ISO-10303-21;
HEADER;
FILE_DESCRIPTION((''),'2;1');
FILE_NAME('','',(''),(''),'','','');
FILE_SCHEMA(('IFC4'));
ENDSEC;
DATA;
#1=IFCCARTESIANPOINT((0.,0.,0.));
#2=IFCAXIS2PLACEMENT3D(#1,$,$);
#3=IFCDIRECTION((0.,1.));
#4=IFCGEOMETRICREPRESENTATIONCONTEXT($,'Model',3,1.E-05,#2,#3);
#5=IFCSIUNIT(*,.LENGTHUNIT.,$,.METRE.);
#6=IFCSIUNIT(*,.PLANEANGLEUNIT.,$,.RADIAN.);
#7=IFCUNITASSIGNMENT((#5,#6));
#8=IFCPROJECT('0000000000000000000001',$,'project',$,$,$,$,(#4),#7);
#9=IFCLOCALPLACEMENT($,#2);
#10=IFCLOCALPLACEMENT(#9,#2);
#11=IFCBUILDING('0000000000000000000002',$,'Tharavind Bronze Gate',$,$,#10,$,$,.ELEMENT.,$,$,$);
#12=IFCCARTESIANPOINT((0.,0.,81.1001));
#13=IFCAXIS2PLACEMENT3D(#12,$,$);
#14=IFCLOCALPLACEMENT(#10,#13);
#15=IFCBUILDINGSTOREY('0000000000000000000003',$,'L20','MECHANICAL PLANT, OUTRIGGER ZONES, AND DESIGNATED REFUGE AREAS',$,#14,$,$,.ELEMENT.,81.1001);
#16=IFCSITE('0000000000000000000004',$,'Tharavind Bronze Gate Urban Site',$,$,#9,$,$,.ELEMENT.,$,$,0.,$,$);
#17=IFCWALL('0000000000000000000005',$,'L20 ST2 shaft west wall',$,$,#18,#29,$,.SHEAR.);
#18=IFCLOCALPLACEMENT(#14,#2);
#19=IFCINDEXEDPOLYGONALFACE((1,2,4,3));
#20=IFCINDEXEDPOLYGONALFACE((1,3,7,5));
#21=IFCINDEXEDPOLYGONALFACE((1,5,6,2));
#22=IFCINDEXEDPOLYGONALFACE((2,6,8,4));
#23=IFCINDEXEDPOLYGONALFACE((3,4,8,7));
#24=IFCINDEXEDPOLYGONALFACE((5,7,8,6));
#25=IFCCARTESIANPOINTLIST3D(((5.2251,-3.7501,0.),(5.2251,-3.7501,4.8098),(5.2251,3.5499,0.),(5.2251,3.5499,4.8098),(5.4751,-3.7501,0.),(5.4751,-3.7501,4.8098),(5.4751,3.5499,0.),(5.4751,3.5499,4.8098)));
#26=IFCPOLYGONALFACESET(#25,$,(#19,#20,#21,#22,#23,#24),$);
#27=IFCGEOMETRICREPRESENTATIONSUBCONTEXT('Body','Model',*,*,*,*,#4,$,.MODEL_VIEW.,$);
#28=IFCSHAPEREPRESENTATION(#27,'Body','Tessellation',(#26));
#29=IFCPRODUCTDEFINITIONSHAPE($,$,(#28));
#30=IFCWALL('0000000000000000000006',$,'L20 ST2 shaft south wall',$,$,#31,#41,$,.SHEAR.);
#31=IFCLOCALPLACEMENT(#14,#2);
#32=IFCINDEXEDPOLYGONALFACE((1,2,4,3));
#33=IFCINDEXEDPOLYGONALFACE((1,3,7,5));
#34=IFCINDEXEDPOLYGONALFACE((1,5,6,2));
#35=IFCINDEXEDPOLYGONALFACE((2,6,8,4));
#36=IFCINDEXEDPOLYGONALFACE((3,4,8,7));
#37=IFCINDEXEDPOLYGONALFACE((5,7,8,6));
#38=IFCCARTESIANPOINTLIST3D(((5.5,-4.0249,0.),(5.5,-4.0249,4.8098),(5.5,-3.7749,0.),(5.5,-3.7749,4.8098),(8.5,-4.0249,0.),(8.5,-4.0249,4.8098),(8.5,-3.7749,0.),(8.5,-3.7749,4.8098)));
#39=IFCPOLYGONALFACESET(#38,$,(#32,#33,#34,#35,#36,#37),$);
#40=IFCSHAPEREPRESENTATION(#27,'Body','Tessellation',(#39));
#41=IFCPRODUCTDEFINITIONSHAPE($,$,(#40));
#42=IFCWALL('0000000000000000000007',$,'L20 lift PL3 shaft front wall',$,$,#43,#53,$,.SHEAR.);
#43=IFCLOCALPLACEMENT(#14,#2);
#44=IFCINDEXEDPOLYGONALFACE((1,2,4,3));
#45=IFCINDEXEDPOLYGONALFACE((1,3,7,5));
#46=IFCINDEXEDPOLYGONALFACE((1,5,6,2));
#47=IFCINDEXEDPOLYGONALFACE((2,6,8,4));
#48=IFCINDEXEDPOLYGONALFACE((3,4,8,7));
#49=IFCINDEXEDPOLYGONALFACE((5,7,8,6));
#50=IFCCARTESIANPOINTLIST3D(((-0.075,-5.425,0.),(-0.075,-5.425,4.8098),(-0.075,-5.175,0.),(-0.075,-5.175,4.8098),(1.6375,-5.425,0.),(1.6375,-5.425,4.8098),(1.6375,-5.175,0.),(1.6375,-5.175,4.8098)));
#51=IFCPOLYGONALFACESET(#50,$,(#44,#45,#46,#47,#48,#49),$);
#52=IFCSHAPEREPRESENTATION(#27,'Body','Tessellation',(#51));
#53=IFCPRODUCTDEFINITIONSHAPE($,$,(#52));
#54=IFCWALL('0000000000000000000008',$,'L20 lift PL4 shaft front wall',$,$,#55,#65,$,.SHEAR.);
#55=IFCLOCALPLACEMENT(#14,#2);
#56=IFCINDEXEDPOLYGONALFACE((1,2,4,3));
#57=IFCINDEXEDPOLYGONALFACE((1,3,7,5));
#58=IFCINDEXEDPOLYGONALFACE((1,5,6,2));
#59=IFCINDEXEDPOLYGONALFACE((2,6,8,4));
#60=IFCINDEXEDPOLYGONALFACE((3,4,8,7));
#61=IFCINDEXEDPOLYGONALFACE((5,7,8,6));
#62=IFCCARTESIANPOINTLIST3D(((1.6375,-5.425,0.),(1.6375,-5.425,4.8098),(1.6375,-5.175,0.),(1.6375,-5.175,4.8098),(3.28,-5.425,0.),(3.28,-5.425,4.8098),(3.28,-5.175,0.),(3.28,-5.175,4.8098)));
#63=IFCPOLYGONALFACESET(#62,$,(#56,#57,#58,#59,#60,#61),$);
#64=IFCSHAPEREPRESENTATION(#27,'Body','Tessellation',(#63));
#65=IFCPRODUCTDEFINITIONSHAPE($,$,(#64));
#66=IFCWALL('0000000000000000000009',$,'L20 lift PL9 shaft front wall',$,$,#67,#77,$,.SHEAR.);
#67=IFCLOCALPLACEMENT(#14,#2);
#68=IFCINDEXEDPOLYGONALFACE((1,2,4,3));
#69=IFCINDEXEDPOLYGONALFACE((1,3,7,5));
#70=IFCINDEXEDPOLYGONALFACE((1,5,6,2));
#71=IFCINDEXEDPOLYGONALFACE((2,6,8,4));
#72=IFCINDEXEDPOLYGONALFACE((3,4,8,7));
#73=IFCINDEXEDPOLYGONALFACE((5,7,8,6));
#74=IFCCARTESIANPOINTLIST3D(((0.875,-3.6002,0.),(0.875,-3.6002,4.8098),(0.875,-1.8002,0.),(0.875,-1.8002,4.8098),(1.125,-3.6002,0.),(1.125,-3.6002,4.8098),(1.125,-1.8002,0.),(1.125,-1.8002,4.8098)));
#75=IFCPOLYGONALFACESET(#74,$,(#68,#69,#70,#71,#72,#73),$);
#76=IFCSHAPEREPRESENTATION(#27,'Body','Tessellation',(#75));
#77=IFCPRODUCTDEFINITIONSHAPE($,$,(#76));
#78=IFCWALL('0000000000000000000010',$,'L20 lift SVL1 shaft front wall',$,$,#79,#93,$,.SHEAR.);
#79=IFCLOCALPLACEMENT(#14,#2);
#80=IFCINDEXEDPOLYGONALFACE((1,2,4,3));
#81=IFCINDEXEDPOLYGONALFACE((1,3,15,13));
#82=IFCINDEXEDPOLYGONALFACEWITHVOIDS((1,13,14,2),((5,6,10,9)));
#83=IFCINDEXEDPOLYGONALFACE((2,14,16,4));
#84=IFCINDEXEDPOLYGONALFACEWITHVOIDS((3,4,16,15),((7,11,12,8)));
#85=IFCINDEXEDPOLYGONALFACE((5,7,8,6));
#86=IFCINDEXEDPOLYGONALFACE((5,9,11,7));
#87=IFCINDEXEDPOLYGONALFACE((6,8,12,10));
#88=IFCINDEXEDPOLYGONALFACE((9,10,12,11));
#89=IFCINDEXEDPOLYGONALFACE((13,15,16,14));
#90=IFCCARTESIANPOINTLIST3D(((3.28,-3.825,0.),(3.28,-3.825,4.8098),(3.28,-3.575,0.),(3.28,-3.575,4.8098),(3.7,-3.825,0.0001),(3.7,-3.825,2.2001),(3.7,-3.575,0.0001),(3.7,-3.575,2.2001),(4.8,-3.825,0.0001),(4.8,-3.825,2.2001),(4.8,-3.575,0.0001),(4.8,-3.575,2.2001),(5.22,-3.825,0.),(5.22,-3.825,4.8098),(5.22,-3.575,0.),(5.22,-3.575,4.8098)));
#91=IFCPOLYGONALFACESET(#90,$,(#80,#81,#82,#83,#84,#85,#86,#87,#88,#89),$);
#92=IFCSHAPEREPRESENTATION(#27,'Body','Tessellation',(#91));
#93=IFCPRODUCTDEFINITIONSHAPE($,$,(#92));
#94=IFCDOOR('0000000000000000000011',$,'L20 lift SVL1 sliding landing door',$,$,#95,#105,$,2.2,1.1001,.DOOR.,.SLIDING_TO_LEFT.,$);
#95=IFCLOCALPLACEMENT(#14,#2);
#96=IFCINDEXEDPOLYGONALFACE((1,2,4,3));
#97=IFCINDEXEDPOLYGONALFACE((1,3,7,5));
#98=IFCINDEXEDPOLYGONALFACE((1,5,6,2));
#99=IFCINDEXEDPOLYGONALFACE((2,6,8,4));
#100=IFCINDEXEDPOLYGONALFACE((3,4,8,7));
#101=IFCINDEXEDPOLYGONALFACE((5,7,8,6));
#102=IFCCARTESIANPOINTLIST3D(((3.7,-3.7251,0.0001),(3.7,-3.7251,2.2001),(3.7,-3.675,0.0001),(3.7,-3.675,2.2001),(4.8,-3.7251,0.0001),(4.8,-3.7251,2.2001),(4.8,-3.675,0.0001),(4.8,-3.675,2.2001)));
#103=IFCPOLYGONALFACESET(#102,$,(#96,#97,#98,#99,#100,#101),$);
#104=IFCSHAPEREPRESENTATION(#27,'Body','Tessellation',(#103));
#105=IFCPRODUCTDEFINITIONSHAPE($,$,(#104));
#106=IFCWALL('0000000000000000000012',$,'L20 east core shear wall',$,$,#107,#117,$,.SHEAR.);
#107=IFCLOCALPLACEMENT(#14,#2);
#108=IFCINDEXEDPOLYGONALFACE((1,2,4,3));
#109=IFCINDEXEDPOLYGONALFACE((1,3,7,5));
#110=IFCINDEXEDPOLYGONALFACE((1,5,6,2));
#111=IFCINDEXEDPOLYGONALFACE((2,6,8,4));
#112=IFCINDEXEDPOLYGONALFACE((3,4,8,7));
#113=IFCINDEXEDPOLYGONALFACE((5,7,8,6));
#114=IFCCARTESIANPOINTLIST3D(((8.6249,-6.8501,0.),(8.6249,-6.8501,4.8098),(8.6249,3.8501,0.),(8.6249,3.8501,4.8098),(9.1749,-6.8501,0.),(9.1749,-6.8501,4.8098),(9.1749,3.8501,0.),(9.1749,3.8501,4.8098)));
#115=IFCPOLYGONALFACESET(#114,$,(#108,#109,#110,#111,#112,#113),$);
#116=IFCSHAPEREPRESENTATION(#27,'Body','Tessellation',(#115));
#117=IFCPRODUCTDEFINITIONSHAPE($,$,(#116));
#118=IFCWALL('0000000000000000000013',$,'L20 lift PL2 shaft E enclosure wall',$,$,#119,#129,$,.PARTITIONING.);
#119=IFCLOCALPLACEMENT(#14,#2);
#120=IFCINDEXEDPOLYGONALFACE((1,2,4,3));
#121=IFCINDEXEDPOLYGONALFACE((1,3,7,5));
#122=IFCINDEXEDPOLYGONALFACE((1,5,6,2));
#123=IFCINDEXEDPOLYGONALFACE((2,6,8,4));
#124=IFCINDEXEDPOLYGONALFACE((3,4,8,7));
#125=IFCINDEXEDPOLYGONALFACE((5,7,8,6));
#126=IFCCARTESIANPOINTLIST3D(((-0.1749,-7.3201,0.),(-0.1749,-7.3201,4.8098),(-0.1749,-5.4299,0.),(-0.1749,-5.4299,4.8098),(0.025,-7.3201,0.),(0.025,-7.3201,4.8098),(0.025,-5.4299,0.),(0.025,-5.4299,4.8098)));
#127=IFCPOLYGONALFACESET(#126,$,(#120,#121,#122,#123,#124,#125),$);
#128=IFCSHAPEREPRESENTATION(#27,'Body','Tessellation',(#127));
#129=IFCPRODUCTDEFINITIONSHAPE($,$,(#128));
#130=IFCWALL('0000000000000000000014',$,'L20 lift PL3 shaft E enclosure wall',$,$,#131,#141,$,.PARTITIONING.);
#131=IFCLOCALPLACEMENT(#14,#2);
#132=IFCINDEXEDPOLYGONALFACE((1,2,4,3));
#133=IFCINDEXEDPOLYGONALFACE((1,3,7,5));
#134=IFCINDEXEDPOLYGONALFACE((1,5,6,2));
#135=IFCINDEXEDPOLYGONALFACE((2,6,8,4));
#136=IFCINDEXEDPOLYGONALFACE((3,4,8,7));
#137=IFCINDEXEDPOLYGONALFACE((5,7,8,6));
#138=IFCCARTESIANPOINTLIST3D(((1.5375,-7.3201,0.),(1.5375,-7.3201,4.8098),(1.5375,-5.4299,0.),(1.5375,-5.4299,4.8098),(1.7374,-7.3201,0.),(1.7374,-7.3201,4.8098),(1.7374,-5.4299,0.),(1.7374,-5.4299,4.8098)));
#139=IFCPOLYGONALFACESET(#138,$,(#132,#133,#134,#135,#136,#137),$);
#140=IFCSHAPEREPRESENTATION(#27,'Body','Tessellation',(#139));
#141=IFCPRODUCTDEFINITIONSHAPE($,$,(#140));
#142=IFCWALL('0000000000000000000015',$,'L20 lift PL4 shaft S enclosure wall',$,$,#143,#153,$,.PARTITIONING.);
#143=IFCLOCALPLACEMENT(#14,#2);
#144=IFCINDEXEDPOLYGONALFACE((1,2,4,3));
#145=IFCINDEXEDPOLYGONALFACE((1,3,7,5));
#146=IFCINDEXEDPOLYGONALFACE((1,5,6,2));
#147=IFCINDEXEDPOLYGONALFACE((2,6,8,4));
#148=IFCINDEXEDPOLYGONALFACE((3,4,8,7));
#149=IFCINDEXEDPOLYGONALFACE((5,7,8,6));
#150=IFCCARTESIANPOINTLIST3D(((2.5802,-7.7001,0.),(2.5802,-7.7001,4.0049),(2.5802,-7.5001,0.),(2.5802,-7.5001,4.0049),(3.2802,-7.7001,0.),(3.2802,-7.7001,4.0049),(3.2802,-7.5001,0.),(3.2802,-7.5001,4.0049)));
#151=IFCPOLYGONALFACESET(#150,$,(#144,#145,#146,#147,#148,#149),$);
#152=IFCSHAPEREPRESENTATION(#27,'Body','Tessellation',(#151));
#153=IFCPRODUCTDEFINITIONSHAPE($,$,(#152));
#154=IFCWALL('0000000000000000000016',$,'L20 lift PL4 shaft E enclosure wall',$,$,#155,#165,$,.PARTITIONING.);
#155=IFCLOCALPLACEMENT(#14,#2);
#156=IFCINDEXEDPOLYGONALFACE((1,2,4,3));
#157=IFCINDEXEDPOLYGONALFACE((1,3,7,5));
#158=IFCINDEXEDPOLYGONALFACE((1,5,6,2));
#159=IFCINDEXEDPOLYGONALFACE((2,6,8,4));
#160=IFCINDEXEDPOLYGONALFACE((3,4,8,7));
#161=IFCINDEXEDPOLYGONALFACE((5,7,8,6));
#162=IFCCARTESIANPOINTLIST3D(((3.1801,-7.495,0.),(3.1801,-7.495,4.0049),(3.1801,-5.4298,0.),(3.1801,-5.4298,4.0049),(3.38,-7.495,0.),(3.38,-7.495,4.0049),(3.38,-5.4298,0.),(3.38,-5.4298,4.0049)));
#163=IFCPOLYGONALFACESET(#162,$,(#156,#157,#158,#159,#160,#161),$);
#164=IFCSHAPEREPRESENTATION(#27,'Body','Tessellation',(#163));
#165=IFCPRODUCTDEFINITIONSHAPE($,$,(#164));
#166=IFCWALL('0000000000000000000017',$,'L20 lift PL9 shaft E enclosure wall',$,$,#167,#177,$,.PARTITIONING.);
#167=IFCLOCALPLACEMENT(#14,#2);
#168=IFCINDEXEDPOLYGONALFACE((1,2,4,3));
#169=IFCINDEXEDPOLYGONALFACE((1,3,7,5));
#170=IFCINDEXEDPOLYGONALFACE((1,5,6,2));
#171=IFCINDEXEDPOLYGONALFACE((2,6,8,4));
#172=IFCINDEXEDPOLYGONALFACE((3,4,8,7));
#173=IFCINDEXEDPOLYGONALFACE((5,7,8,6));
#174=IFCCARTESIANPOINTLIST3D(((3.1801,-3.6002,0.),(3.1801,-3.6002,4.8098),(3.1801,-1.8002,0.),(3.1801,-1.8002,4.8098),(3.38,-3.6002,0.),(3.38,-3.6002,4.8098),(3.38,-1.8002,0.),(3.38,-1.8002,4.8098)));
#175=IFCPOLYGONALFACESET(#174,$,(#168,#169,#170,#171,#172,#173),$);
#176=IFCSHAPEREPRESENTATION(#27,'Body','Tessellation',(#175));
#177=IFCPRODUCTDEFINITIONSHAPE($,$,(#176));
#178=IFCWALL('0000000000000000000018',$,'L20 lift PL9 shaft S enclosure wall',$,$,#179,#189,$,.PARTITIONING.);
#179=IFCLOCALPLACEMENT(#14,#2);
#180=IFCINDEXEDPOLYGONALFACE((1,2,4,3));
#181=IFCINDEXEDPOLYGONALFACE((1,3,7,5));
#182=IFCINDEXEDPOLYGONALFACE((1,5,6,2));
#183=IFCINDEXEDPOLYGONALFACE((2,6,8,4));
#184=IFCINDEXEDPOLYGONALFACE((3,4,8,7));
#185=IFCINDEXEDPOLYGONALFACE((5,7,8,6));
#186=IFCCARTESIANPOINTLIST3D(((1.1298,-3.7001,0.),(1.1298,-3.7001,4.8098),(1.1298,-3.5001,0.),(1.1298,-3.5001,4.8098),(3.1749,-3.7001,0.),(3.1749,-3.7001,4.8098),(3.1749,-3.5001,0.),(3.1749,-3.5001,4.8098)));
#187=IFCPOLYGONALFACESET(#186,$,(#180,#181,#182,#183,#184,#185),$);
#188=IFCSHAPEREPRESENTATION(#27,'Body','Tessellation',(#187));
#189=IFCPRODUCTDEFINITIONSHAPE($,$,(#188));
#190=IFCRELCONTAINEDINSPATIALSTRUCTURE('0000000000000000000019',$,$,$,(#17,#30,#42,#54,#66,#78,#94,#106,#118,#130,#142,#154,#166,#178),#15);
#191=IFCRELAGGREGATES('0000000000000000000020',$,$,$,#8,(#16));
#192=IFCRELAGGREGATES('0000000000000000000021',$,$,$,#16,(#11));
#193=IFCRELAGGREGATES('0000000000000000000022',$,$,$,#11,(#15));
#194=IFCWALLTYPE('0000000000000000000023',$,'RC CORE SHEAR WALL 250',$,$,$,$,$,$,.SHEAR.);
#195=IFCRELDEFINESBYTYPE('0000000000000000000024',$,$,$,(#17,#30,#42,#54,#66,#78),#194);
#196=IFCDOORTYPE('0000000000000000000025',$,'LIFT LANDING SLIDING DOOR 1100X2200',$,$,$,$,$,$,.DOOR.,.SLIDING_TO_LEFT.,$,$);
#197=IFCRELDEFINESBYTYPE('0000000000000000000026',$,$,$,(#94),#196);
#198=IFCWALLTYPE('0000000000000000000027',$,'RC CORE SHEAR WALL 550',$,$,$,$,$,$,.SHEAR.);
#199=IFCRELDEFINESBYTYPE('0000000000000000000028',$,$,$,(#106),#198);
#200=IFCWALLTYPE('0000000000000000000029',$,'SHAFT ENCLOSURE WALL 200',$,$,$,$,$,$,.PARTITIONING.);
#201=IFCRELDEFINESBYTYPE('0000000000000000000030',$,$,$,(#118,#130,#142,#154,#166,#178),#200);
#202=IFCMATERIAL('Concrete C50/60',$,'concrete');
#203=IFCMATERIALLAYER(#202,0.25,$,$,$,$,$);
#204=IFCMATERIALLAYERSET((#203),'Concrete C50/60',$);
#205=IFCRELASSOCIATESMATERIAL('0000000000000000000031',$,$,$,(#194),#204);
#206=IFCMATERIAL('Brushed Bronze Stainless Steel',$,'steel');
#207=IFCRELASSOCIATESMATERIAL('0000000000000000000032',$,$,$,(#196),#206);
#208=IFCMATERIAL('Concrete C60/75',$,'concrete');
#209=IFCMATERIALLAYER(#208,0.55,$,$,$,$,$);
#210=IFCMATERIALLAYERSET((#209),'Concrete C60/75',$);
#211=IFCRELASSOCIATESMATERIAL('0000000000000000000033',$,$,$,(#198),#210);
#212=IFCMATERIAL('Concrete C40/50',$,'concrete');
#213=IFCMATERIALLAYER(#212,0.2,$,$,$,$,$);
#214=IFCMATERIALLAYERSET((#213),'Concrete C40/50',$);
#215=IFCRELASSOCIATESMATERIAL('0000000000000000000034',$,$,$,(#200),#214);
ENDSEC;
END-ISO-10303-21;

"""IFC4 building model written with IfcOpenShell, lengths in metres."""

from ifc_helpers import new_model, si_unit, direction, frame, frame_2d, origin, place, context, subcontext, project, spatial, rectangle, extrude, material, layer, layer_set, type_object, element, fill, save


model = new_model("IFC4")

# Units and contexts
model_context = context("Model", 3, precision=1e-05, world=origin(), true_north=direction((0.0, 1.0)))
body_context = subcontext(model_context, "Body", "Model", "MODEL_VIEW")
ifc_project = project(units=[si_unit("LENGTHUNIT", "METRE"), si_unit("PLANEANGLEUNIT", "RADIAN")], contexts=[model_context])

# Site, building, storey
site_placement = place(None, origin())
site = spatial("IfcSite", under=ifc_project, at=site_placement, Name="Tharavind Bronze Gate Urban Site", CompositionType="ELEMENT", RefElevation=0.0)
building_placement = place(site_placement, origin())
building = spatial("IfcBuilding", under=site, at=building_placement, Name="Tharavind Bronze Gate", CompositionType="ELEMENT")
storey_placement = place(building_placement, frame((0.0, 0.0, 81.1001)))
storey = spatial("IfcBuildingStorey", under=building, at=storey_placement, Name="L20", Description="MECHANICAL PLANT, OUTRIGGER ZONES, AND DESIGNATED REFUGE AREAS", CompositionType="ELEMENT", Elevation=81.1001)

# Walls
ifc_material_1 = material(Name="Concrete C50/60", Category="concrete")
ifc_layer_1 = layer(ifc_material_1, 0.25)
ifc_layer_set_1 = layer_set([ifc_layer_1], Name="Concrete C50/60")
wall_type_1 = type_object("IfcWallType", Name="RC CORE SHEAR WALL 250", PredefinedType="SHEAR", material=ifc_layer_set_1)
wall_1_placement = place(storey_placement, frame((5.3501, -3.75, 0.0), z_axis=(0.0, 0.0, 1.0), x_axis=(0.0, 1.0, 0.0)))
element("IfcWall", 1, at=wall_1_placement, inside=storey, type_object=wall_type_1, Name="L20 ST2 shaft west wall", PredefinedType="SHEAR", context=body_context, shape_type="SweptSolid", body=[
    extrude(rectangle(XDim=7.3, YDim=0.25, at=frame_2d((3.6499, 0.0))), origin(), (0.0, 0.0, 1.0), 4.8098),
])
wall_2_placement = place(storey_placement, frame((5.5, -3.8999, 0.0), z_axis=(0.0, 0.0, 1.0), x_axis=(1.0, 0.0, 0.0)))
element("IfcWall", 2, at=wall_2_placement, inside=storey, type_object=wall_type_1, Name="L20 ST2 shaft south wall", PredefinedType="SHEAR", context=body_context, shape_type="SweptSolid", body=[
    extrude(rectangle(XDim=3.0, YDim=0.25, at=frame_2d((1.5, 0.0))), origin(), (0.0, 0.0, 1.0), 4.8098),
])
wall_3_placement = place(storey_placement, frame((-0.075, -5.3, 0.0), z_axis=(0.0, 0.0, 1.0), x_axis=(1.0, 0.0, 0.0)))
element("IfcWall", 3, at=wall_3_placement, inside=storey, type_object=wall_type_1, Name="L20 lift PL3 shaft front wall", PredefinedType="SHEAR", context=body_context, shape_type="SweptSolid", body=[
    extrude(rectangle(XDim=1.7124, YDim=0.25, at=frame_2d((0.8562, 0.0))), origin(), (0.0, 0.0, 1.0), 4.8098),
])
wall_4_placement = place(storey_placement, frame((1.6375, -5.3, 0.0), z_axis=(0.0, 0.0, 1.0), x_axis=(1.0, 0.0, 0.0)))
element("IfcWall", 4, at=wall_4_placement, inside=storey, type_object=wall_type_1, Name="L20 lift PL4 shaft front wall", PredefinedType="SHEAR", context=body_context, shape_type="SweptSolid", body=[
    extrude(rectangle(XDim=1.6426, YDim=0.25, at=frame_2d((0.8213, 0.0))), origin(), (0.0, 0.0, 1.0), 4.8098),
])
wall_5_placement = place(storey_placement, frame((1.0, -3.6001, 0.0), z_axis=(0.0, 0.0, 1.0), x_axis=(0.0, 1.0, 0.0)))
element("IfcWall", 5, at=wall_5_placement, inside=storey, type_object=wall_type_1, Name="L20 lift PL9 shaft front wall", PredefinedType="SHEAR", context=body_context, shape_type="SweptSolid", body=[
    extrude(rectangle(XDim=1.8, YDim=0.25, at=frame_2d((0.8999, 0.0))), origin(), (0.0, 0.0, 1.0), 4.8098),
])

# Wall, opening, door
wall_6_placement = place(storey_placement, frame((3.28, -3.7, 0.0), z_axis=(0.0, 0.0, 1.0), x_axis=(1.0, 0.0, 0.0)))
wall_6 = element("IfcWall", 6, at=wall_6_placement, inside=storey, type_object=wall_type_1, Name="L20 lift SVL1 shaft front wall", PredefinedType="SHEAR", context=body_context, shape_type="SweptSolid", body=[
    extrude(rectangle(XDim=1.9399, YDim=0.25, at=frame_2d((0.97, 0.0))), origin(), (0.0, 0.0, 1.0), 4.8098),
])
opening_1_placement = place(wall_6_placement, frame((0.4199, 0.0, 0.0)))
opening_1 = element("IfcOpeningElement", 7, at=opening_1_placement, cuts=wall_6, PredefinedType="OPENING", context=body_context, shape_type="SweptSolid", body=[
    extrude(rectangle(XDim=1.1001, YDim=2.2, at=frame_2d((0.55, 1.1001))), frame((0.0, 0.135, 0.0), z_axis=(0.0, -1.0, 0.0), x_axis=(1.0, 0.0, 0.0)), (0.0, 0.0, 1.0), 0.27),
])
ifc_material_2 = material(Name="Brushed Bronze Stainless Steel", Category="steel")
door_type_1 = type_object("IfcDoorType", Name="LIFT LANDING SLIDING DOOR 1100X2200", OperationType="SLIDING_TO_LEFT", PredefinedType="DOOR", material=ifc_material_2)
door_1_placement = place(opening_1_placement, origin())
door_1 = element("IfcDoor", 8, at=door_1_placement, inside=storey, type_object=door_type_1, Name="L20 lift SVL1 sliding landing door", OperationType="SLIDING_TO_LEFT", OverallHeight=2.2, OverallWidth=1.1001, PredefinedType="DOOR", context=body_context, shape_type="SweptSolid", body=[
    extrude(rectangle(XDim=1.1001, YDim=2.2, at=frame_2d((0.55, 1.1001))), frame((0.0, 0.0249, 0.0), z_axis=(0.0, -1.0, 0.0), x_axis=(1.0, 0.0, 0.0)), (0.0, 0.0, 1.0), 0.05),
])
fill(opening_1, door_1)

# Walls
ifc_material_3 = material(Name="Concrete C60/75", Category="concrete")
ifc_layer_2 = layer(ifc_material_3, 0.55)
ifc_layer_set_2 = layer_set([ifc_layer_2], Name="Concrete C60/75")
wall_type_2 = type_object("IfcWallType", Name="RC CORE SHEAR WALL 550", PredefinedType="SHEAR", material=ifc_layer_set_2)
wall_7_placement = place(storey_placement, frame((8.8999, -6.8501, 0.0), z_axis=(0.0, 0.0, 1.0), x_axis=(0.0, 1.0, 0.0)))
element("IfcWall", 9, at=wall_7_placement, inside=storey, type_object=wall_type_2, Name="L20 east core shear wall", PredefinedType="SHEAR", context=body_context, shape_type="SweptSolid", body=[
    extrude(rectangle(XDim=10.7002, YDim=0.55, at=frame_2d((5.3501, 0.0))), origin(), (0.0, 0.0, 1.0), 4.8098),
])
ifc_material_4 = material(Name="Concrete C40/50", Category="concrete")
ifc_layer_3 = layer(ifc_material_4, 0.2)
ifc_layer_set_3 = layer_set([ifc_layer_3], Name="Concrete C40/50")
wall_type_3 = type_object("IfcWallType", Name="SHAFT ENCLOSURE WALL 200", PredefinedType="PARTITIONING", material=ifc_layer_set_3)
for number, where, z_axis, x_axis, name in (
    (10, (-0.075, -7.3201, 0.0), (0.0, 0.0, 1.0), (0.0, 1.0, 0.0), "L20 lift PL2 shaft E enclosure wall"),
    (11, (1.6375, -7.3201, 0.0), (0.0, 0.0, 1.0), (0.0, 1.0, 0.0), "L20 lift PL3 shaft E enclosure wall"),
):
    element("IfcWall", number, at=place(storey_placement, frame(where, z_axis=z_axis, x_axis=x_axis)), inside=storey, type_object=wall_type_3, Name=name, PredefinedType="PARTITIONING", context=body_context, shape_type="SweptSolid", body=[
        extrude(rectangle(XDim=1.8901, YDim=0.2, at=frame_2d((0.9451, 0.0))), origin(), (0.0, 0.0, 1.0), 4.8098),
    ])
wall_8_placement = place(storey_placement, frame((2.5801, -7.6001, 0.0), z_axis=(0.0, 0.0, 1.0), x_axis=(1.0, 0.0, 0.0)))
element("IfcWall", 12, at=wall_8_placement, inside=storey, type_object=wall_type_3, Name="L20 lift PL4 shaft S enclosure wall", PredefinedType="PARTITIONING", context=body_context, shape_type="SweptSolid", body=[
    extrude(rectangle(XDim=0.7, YDim=0.2, at=frame_2d((0.3501, 0.0))), origin(), (0.0, 0.0, 1.0), 4.0049),
])
wall_9_placement = place(storey_placement, frame((3.28, -7.4951, 0.0), z_axis=(0.0, 0.0, 1.0), x_axis=(0.0, 1.0, 0.0)))
element("IfcWall", 13, at=wall_9_placement, inside=storey, type_object=wall_type_3, Name="L20 lift PL4 shaft E enclosure wall", PredefinedType="PARTITIONING", context=body_context, shape_type="SweptSolid", body=[
    extrude(rectangle(XDim=2.0652, YDim=0.2, at=frame_2d((1.0327, 0.0))), origin(), (0.0, 0.0, 1.0), 4.0049),
])
wall_10_placement = place(storey_placement, frame((3.28, -3.6001, 0.0), z_axis=(0.0, 0.0, 1.0), x_axis=(0.0, 1.0, 0.0)))
element("IfcWall", 14, at=wall_10_placement, inside=storey, type_object=wall_type_3, Name="L20 lift PL9 shaft E enclosure wall", PredefinedType="PARTITIONING", context=body_context, shape_type="SweptSolid", body=[
    extrude(rectangle(XDim=1.8, YDim=0.2, at=frame_2d((0.8999, 0.0))), origin(), (0.0, 0.0, 1.0), 4.8098),
])
wall_11_placement = place(storey_placement, frame((1.1299, -3.6001, 0.0), z_axis=(0.0, 0.0, 1.0), x_axis=(1.0, 0.0, 0.0)))
element("IfcWall", 15, at=wall_11_placement, inside=storey, type_object=wall_type_3, Name="L20 lift PL9 shaft S enclosure wall", PredefinedType="PARTITIONING", context=body_context, shape_type="SweptSolid", body=[
    extrude(rectangle(XDim=2.0452, YDim=0.2, at=frame_2d((1.0225, 0.0))), origin(), (0.0, 0.0, 1.0), 4.8098),
])

save(model, "model.ifc")
